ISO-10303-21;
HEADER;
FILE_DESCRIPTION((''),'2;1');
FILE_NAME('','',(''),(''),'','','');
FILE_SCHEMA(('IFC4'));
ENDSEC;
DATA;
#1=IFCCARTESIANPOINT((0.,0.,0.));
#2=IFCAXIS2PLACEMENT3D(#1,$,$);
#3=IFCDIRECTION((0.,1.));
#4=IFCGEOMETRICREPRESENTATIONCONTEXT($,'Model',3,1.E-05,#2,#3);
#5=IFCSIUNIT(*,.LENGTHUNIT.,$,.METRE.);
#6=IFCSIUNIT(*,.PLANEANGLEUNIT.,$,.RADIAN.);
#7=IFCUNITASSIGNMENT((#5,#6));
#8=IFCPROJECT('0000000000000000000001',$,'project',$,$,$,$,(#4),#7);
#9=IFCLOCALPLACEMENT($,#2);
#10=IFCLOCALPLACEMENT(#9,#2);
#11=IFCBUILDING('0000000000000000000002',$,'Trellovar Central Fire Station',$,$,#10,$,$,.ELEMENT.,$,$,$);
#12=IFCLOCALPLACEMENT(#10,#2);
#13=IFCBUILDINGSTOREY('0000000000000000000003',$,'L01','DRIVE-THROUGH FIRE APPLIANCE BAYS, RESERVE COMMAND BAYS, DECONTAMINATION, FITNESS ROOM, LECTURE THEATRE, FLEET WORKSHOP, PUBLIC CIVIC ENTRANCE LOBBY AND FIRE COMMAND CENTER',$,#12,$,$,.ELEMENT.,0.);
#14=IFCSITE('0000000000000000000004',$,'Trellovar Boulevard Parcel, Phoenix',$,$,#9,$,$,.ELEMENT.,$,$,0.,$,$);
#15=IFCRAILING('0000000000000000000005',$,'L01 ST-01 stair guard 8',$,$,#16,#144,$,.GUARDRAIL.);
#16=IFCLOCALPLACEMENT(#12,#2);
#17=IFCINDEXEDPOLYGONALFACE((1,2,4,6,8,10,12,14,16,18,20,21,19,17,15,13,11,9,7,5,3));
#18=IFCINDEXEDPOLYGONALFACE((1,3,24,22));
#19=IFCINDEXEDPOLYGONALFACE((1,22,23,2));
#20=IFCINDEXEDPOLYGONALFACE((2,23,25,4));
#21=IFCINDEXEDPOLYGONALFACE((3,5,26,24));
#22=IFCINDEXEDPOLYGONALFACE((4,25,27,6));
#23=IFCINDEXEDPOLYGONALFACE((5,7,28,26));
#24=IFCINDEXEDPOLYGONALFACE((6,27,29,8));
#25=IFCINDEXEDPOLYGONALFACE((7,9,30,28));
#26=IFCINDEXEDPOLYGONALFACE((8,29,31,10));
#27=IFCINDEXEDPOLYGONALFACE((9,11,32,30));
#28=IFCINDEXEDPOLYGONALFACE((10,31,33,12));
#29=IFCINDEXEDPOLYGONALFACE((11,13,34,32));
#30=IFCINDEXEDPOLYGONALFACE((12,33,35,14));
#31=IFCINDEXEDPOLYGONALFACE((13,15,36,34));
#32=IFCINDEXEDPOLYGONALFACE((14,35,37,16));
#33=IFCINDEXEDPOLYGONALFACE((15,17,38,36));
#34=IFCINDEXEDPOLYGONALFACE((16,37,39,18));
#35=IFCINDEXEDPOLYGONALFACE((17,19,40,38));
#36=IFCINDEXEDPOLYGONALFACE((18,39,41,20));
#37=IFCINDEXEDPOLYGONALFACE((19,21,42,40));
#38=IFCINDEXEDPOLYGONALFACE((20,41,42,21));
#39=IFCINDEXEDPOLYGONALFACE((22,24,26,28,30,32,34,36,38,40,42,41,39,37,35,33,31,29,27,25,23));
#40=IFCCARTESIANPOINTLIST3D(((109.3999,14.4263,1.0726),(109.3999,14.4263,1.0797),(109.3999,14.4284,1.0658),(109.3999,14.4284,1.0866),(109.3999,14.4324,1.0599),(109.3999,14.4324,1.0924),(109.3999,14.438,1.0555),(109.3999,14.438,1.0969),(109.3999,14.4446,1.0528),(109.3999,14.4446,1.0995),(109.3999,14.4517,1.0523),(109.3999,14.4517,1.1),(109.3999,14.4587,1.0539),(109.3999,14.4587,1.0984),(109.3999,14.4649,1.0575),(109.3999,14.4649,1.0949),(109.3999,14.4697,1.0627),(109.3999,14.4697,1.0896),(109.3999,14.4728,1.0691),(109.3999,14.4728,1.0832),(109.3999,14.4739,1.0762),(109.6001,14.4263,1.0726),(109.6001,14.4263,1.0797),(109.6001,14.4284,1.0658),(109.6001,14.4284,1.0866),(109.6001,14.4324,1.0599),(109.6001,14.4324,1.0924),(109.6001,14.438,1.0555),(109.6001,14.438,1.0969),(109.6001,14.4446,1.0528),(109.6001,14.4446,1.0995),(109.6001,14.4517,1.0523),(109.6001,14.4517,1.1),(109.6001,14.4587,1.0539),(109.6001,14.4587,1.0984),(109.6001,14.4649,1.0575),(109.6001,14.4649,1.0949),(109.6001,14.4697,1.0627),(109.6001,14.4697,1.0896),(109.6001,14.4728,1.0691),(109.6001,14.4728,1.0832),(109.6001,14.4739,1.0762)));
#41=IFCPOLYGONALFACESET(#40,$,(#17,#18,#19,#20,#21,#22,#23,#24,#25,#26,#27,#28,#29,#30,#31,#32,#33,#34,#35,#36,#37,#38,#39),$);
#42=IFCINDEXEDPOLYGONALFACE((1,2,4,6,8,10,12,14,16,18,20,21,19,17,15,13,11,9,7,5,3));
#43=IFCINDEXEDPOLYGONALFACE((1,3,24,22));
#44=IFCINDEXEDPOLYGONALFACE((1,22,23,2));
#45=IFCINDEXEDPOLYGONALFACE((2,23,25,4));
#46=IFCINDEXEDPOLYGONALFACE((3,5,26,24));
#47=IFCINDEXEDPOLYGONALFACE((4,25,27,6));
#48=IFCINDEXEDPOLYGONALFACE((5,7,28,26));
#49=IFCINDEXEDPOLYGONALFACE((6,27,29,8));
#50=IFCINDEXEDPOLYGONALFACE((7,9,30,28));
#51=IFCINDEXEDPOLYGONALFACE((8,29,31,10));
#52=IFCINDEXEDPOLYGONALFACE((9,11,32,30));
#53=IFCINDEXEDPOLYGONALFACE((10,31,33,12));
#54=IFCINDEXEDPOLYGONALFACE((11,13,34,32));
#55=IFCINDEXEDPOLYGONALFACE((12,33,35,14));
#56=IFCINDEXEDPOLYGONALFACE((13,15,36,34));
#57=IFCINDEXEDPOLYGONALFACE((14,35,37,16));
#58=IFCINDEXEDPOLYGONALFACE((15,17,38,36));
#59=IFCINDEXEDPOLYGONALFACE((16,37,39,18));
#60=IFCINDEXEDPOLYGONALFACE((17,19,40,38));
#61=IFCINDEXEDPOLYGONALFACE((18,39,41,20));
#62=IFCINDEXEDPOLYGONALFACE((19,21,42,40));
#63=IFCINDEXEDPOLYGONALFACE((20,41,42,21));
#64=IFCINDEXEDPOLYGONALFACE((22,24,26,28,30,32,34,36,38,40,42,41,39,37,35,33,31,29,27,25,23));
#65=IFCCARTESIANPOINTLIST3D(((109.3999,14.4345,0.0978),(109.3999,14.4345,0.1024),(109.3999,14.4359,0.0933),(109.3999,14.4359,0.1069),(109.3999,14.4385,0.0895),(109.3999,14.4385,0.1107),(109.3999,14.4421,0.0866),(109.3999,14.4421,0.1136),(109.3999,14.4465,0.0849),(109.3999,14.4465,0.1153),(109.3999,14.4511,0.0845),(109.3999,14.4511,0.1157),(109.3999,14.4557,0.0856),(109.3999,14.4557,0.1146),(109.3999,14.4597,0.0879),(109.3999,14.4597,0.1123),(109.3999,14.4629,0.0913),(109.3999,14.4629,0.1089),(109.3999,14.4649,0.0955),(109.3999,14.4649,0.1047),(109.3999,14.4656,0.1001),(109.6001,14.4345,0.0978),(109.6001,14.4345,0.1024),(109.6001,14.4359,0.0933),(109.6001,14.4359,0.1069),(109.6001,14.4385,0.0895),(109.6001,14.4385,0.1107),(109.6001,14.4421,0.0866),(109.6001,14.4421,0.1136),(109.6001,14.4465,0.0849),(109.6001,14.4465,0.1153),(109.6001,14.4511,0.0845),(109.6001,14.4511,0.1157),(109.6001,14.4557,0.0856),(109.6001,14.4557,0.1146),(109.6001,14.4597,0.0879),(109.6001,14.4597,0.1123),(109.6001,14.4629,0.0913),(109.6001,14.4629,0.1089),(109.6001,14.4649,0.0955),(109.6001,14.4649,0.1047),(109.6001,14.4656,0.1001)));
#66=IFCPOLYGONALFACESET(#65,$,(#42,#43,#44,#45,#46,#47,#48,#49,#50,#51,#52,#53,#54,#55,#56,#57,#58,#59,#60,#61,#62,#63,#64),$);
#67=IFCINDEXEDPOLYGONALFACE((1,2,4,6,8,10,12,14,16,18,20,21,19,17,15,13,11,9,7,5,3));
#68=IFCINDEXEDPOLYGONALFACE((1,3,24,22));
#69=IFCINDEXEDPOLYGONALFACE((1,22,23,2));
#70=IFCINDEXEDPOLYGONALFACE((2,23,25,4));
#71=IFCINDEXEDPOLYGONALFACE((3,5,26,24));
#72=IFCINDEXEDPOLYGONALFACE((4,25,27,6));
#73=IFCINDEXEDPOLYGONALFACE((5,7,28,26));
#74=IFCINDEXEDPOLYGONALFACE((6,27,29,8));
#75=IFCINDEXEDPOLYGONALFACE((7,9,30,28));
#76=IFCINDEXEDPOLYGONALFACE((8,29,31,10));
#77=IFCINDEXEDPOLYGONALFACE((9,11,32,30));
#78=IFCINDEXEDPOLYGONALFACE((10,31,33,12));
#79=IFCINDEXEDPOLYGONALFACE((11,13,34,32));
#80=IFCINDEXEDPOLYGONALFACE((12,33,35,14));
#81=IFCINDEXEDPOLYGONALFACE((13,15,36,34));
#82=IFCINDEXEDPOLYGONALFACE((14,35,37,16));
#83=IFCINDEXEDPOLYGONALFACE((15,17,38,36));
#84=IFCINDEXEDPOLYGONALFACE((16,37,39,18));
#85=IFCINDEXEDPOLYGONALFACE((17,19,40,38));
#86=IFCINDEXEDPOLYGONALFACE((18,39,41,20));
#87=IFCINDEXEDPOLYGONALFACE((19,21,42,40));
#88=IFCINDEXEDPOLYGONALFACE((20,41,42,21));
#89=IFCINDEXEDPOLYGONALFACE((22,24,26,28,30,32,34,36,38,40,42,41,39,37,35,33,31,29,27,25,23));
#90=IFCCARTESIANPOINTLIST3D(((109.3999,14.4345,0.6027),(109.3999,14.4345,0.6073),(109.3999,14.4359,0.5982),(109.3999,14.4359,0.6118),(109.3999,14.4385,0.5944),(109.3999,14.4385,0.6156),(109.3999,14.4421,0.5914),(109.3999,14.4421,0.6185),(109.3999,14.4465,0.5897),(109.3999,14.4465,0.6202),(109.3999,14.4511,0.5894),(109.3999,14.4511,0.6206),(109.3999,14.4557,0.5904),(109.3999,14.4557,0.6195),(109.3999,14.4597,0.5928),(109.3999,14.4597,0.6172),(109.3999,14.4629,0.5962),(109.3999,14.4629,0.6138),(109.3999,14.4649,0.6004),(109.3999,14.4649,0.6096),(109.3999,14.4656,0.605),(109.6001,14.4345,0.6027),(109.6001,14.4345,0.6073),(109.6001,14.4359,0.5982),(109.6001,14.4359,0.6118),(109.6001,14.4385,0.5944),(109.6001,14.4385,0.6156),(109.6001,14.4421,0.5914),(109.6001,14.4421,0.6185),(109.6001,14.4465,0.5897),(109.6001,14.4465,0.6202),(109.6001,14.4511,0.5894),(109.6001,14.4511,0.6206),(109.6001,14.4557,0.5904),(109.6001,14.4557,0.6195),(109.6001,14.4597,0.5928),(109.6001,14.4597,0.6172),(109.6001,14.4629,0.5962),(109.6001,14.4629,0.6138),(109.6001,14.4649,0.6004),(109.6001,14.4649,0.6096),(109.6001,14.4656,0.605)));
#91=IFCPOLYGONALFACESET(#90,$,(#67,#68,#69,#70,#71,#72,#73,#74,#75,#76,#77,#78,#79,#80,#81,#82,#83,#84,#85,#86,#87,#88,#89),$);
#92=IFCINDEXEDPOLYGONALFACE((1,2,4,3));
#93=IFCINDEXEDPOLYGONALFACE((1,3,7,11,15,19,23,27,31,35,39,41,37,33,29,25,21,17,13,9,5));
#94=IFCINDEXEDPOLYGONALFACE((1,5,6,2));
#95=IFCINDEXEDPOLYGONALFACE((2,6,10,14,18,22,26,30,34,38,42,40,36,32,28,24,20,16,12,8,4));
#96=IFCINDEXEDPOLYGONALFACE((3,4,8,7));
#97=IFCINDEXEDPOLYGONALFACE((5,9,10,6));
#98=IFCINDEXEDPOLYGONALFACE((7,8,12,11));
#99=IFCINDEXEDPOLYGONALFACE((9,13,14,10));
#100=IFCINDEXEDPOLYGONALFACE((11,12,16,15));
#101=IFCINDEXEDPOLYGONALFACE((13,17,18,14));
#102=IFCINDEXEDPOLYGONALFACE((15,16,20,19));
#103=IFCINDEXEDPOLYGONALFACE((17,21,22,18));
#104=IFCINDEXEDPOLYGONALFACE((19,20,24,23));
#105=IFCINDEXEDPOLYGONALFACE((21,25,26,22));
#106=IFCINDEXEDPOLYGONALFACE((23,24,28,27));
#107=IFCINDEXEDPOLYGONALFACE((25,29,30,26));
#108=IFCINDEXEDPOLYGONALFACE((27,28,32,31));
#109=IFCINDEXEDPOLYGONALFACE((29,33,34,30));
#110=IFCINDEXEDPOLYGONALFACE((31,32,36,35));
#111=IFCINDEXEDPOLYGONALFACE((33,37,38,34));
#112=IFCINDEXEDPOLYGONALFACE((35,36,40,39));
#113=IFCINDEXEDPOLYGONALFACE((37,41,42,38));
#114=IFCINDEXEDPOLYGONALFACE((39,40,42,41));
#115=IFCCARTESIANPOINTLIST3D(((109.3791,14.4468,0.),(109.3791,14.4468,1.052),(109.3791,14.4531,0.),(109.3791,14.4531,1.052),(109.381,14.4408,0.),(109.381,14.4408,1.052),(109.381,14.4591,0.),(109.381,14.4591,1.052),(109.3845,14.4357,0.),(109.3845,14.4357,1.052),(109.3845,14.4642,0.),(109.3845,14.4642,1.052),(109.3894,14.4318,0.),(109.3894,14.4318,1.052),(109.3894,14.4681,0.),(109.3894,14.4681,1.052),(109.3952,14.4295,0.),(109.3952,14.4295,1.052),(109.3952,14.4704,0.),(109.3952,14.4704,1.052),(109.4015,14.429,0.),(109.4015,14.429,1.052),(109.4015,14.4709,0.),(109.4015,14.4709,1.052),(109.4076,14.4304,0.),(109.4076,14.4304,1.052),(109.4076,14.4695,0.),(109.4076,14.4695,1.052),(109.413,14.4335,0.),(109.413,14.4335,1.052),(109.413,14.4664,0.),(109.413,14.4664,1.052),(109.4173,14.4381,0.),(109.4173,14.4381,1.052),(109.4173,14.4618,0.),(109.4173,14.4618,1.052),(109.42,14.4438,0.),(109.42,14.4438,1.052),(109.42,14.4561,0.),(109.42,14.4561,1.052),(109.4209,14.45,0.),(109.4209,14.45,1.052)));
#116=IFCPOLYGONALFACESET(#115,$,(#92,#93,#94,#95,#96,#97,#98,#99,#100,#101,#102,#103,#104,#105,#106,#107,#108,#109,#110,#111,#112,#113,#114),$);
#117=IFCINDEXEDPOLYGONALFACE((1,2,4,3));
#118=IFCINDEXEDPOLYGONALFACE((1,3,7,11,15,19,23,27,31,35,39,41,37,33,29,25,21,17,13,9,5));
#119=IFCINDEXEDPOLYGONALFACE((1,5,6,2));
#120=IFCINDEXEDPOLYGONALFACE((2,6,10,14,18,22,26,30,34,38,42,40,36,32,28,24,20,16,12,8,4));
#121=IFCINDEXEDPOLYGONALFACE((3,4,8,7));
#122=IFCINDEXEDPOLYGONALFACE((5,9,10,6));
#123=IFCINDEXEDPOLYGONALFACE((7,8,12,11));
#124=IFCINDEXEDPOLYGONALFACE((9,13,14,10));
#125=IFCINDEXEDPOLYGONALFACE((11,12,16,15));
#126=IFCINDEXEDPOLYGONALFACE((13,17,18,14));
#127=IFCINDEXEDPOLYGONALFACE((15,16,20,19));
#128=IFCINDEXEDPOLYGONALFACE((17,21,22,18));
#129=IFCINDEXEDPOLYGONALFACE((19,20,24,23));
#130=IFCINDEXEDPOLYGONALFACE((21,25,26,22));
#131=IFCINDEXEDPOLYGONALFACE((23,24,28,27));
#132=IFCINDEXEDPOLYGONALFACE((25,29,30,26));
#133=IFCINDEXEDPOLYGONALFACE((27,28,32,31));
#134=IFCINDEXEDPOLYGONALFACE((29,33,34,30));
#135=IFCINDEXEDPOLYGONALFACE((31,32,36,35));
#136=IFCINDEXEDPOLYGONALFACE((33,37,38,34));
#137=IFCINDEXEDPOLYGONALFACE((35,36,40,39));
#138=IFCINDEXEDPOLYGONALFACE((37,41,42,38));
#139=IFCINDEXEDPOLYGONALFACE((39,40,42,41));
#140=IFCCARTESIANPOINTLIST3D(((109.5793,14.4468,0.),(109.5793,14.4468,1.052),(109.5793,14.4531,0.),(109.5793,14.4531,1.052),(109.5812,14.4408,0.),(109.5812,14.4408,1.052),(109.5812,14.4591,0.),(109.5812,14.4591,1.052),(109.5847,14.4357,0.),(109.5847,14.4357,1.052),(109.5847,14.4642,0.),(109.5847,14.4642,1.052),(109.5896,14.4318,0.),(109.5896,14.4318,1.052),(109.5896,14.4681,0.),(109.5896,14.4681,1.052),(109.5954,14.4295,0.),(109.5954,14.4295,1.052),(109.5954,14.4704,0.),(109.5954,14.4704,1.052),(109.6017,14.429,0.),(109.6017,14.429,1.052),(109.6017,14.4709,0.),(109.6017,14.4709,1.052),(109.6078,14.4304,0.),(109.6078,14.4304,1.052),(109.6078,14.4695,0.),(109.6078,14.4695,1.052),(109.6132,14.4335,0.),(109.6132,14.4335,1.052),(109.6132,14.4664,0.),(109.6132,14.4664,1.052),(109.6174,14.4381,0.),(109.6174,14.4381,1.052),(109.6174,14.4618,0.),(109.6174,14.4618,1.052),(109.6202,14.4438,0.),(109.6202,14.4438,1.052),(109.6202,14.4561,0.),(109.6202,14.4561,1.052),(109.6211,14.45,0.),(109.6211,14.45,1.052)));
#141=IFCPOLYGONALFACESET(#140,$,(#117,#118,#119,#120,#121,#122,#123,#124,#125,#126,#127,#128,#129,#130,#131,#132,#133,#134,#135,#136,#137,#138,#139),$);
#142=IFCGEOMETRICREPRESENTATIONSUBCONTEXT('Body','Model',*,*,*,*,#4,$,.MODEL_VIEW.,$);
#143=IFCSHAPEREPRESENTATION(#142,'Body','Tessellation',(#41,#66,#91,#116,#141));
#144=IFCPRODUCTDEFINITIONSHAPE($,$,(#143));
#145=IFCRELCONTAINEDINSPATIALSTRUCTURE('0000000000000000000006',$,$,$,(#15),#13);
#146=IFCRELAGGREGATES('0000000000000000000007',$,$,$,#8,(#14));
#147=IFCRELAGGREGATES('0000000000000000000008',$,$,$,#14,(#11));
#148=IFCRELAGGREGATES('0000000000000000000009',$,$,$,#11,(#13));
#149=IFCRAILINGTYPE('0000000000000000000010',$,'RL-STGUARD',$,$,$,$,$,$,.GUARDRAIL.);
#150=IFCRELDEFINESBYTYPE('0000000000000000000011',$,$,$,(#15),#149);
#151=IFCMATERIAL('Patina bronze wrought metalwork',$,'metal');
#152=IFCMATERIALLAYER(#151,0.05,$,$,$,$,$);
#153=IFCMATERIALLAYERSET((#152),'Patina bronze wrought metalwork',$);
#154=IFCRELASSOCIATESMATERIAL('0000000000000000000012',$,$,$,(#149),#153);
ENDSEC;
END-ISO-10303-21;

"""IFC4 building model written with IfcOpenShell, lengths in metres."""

from ifc_helpers import new_model, si_unit, direction, frame, origin, origin_2d, place, context, subcontext, project, spatial, circle, extrude, material, layer, layer_set, type_object, element, save


model = new_model("IFC4")

# Units and contexts
model_context = context("Model", 3, precision=1e-05, world=origin(), true_north=direction((0.0, 1.0)))
body_context = subcontext(model_context, "Body", "Model", "MODEL_VIEW")
ifc_project = project(units=[si_unit("LENGTHUNIT", "METRE"), si_unit("PLANEANGLEUNIT", "RADIAN")], contexts=[model_context])

# Site, building, storey
site_placement = place(None, origin())
site = spatial("IfcSite", under=ifc_project, at=site_placement, Name="Trellovar Boulevard Parcel, Phoenix", CompositionType="ELEMENT", RefElevation=0.0)
building_placement = place(site_placement, origin())
building = spatial("IfcBuilding", under=site, at=building_placement, Name="Trellovar Central Fire Station", CompositionType="ELEMENT")
storey_placement = place(building_placement, origin())
storey = spatial("IfcBuildingStorey", under=building, at=storey_placement, Name="L01", Description="DRIVE-THROUGH FIRE APPLIANCE BAYS, RESERVE COMMAND BAYS, DECONTAMINATION, FITNESS ROOM, LECTURE THEATRE, FLEET WORKSHOP, PUBLIC CIVIC ENTRANCE LOBBY AND FIRE COMMAND CENTER", CompositionType="ELEMENT", Elevation=0.0)

# Railing
ifc_material_1 = material(Name="Patina bronze wrought metalwork", Category="metal")
ifc_layer_1 = layer(ifc_material_1, 0.05)
ifc_layer_set_1 = layer_set([ifc_layer_1], Name="Patina bronze wrought metalwork")
railing_type = type_object("IfcRailingType", Name="RL-STGUARD", PredefinedType="GUARDRAIL", material=ifc_layer_set_1)
railing_1_placement = place(storey_placement, frame((109.3999, 14.45, 0.0)))
element("IfcRailing", 1, at=railing_1_placement, inside=storey, type_object=railing_type, Name="L01 ST-01 stair guard 8", PredefinedType="GUARDRAIL", context=body_context, shape_type="SweptSolid", body=[
    extrude(circle(Radius=0.0239, at=origin_2d()), frame((0.0, 0.0, 1.0762), z_axis=(1.0, 0.0, 0.0), x_axis=(0.0, 1.0, 0.0)), (0.0, 0.0, 1.0), 0.2002),
    extrude(circle(Radius=0.0156, at=origin_2d()), frame((0.0, 0.0, 0.1001), z_axis=(1.0, 0.0, 0.0), x_axis=(0.0, 1.0, 0.0)), (0.0, 0.0, 1.0), 0.2002),
    extrude(circle(Radius=0.0156, at=origin_2d()), frame((0.0, 0.0, 0.605), z_axis=(1.0, 0.0, 0.0), x_axis=(0.0, 1.0, 0.0)), (0.0, 0.0, 1.0), 0.2002),
    extrude(circle(Radius=0.021, at=origin_2d()), origin(), (0.0, 0.0, 1.0), 1.052),
    extrude(circle(Radius=0.021, at=origin_2d()), frame((0.2002, 0.0, 0.0)), (0.0, 0.0, 1.0), 1.052),
])

save(model, "model.ifc")
